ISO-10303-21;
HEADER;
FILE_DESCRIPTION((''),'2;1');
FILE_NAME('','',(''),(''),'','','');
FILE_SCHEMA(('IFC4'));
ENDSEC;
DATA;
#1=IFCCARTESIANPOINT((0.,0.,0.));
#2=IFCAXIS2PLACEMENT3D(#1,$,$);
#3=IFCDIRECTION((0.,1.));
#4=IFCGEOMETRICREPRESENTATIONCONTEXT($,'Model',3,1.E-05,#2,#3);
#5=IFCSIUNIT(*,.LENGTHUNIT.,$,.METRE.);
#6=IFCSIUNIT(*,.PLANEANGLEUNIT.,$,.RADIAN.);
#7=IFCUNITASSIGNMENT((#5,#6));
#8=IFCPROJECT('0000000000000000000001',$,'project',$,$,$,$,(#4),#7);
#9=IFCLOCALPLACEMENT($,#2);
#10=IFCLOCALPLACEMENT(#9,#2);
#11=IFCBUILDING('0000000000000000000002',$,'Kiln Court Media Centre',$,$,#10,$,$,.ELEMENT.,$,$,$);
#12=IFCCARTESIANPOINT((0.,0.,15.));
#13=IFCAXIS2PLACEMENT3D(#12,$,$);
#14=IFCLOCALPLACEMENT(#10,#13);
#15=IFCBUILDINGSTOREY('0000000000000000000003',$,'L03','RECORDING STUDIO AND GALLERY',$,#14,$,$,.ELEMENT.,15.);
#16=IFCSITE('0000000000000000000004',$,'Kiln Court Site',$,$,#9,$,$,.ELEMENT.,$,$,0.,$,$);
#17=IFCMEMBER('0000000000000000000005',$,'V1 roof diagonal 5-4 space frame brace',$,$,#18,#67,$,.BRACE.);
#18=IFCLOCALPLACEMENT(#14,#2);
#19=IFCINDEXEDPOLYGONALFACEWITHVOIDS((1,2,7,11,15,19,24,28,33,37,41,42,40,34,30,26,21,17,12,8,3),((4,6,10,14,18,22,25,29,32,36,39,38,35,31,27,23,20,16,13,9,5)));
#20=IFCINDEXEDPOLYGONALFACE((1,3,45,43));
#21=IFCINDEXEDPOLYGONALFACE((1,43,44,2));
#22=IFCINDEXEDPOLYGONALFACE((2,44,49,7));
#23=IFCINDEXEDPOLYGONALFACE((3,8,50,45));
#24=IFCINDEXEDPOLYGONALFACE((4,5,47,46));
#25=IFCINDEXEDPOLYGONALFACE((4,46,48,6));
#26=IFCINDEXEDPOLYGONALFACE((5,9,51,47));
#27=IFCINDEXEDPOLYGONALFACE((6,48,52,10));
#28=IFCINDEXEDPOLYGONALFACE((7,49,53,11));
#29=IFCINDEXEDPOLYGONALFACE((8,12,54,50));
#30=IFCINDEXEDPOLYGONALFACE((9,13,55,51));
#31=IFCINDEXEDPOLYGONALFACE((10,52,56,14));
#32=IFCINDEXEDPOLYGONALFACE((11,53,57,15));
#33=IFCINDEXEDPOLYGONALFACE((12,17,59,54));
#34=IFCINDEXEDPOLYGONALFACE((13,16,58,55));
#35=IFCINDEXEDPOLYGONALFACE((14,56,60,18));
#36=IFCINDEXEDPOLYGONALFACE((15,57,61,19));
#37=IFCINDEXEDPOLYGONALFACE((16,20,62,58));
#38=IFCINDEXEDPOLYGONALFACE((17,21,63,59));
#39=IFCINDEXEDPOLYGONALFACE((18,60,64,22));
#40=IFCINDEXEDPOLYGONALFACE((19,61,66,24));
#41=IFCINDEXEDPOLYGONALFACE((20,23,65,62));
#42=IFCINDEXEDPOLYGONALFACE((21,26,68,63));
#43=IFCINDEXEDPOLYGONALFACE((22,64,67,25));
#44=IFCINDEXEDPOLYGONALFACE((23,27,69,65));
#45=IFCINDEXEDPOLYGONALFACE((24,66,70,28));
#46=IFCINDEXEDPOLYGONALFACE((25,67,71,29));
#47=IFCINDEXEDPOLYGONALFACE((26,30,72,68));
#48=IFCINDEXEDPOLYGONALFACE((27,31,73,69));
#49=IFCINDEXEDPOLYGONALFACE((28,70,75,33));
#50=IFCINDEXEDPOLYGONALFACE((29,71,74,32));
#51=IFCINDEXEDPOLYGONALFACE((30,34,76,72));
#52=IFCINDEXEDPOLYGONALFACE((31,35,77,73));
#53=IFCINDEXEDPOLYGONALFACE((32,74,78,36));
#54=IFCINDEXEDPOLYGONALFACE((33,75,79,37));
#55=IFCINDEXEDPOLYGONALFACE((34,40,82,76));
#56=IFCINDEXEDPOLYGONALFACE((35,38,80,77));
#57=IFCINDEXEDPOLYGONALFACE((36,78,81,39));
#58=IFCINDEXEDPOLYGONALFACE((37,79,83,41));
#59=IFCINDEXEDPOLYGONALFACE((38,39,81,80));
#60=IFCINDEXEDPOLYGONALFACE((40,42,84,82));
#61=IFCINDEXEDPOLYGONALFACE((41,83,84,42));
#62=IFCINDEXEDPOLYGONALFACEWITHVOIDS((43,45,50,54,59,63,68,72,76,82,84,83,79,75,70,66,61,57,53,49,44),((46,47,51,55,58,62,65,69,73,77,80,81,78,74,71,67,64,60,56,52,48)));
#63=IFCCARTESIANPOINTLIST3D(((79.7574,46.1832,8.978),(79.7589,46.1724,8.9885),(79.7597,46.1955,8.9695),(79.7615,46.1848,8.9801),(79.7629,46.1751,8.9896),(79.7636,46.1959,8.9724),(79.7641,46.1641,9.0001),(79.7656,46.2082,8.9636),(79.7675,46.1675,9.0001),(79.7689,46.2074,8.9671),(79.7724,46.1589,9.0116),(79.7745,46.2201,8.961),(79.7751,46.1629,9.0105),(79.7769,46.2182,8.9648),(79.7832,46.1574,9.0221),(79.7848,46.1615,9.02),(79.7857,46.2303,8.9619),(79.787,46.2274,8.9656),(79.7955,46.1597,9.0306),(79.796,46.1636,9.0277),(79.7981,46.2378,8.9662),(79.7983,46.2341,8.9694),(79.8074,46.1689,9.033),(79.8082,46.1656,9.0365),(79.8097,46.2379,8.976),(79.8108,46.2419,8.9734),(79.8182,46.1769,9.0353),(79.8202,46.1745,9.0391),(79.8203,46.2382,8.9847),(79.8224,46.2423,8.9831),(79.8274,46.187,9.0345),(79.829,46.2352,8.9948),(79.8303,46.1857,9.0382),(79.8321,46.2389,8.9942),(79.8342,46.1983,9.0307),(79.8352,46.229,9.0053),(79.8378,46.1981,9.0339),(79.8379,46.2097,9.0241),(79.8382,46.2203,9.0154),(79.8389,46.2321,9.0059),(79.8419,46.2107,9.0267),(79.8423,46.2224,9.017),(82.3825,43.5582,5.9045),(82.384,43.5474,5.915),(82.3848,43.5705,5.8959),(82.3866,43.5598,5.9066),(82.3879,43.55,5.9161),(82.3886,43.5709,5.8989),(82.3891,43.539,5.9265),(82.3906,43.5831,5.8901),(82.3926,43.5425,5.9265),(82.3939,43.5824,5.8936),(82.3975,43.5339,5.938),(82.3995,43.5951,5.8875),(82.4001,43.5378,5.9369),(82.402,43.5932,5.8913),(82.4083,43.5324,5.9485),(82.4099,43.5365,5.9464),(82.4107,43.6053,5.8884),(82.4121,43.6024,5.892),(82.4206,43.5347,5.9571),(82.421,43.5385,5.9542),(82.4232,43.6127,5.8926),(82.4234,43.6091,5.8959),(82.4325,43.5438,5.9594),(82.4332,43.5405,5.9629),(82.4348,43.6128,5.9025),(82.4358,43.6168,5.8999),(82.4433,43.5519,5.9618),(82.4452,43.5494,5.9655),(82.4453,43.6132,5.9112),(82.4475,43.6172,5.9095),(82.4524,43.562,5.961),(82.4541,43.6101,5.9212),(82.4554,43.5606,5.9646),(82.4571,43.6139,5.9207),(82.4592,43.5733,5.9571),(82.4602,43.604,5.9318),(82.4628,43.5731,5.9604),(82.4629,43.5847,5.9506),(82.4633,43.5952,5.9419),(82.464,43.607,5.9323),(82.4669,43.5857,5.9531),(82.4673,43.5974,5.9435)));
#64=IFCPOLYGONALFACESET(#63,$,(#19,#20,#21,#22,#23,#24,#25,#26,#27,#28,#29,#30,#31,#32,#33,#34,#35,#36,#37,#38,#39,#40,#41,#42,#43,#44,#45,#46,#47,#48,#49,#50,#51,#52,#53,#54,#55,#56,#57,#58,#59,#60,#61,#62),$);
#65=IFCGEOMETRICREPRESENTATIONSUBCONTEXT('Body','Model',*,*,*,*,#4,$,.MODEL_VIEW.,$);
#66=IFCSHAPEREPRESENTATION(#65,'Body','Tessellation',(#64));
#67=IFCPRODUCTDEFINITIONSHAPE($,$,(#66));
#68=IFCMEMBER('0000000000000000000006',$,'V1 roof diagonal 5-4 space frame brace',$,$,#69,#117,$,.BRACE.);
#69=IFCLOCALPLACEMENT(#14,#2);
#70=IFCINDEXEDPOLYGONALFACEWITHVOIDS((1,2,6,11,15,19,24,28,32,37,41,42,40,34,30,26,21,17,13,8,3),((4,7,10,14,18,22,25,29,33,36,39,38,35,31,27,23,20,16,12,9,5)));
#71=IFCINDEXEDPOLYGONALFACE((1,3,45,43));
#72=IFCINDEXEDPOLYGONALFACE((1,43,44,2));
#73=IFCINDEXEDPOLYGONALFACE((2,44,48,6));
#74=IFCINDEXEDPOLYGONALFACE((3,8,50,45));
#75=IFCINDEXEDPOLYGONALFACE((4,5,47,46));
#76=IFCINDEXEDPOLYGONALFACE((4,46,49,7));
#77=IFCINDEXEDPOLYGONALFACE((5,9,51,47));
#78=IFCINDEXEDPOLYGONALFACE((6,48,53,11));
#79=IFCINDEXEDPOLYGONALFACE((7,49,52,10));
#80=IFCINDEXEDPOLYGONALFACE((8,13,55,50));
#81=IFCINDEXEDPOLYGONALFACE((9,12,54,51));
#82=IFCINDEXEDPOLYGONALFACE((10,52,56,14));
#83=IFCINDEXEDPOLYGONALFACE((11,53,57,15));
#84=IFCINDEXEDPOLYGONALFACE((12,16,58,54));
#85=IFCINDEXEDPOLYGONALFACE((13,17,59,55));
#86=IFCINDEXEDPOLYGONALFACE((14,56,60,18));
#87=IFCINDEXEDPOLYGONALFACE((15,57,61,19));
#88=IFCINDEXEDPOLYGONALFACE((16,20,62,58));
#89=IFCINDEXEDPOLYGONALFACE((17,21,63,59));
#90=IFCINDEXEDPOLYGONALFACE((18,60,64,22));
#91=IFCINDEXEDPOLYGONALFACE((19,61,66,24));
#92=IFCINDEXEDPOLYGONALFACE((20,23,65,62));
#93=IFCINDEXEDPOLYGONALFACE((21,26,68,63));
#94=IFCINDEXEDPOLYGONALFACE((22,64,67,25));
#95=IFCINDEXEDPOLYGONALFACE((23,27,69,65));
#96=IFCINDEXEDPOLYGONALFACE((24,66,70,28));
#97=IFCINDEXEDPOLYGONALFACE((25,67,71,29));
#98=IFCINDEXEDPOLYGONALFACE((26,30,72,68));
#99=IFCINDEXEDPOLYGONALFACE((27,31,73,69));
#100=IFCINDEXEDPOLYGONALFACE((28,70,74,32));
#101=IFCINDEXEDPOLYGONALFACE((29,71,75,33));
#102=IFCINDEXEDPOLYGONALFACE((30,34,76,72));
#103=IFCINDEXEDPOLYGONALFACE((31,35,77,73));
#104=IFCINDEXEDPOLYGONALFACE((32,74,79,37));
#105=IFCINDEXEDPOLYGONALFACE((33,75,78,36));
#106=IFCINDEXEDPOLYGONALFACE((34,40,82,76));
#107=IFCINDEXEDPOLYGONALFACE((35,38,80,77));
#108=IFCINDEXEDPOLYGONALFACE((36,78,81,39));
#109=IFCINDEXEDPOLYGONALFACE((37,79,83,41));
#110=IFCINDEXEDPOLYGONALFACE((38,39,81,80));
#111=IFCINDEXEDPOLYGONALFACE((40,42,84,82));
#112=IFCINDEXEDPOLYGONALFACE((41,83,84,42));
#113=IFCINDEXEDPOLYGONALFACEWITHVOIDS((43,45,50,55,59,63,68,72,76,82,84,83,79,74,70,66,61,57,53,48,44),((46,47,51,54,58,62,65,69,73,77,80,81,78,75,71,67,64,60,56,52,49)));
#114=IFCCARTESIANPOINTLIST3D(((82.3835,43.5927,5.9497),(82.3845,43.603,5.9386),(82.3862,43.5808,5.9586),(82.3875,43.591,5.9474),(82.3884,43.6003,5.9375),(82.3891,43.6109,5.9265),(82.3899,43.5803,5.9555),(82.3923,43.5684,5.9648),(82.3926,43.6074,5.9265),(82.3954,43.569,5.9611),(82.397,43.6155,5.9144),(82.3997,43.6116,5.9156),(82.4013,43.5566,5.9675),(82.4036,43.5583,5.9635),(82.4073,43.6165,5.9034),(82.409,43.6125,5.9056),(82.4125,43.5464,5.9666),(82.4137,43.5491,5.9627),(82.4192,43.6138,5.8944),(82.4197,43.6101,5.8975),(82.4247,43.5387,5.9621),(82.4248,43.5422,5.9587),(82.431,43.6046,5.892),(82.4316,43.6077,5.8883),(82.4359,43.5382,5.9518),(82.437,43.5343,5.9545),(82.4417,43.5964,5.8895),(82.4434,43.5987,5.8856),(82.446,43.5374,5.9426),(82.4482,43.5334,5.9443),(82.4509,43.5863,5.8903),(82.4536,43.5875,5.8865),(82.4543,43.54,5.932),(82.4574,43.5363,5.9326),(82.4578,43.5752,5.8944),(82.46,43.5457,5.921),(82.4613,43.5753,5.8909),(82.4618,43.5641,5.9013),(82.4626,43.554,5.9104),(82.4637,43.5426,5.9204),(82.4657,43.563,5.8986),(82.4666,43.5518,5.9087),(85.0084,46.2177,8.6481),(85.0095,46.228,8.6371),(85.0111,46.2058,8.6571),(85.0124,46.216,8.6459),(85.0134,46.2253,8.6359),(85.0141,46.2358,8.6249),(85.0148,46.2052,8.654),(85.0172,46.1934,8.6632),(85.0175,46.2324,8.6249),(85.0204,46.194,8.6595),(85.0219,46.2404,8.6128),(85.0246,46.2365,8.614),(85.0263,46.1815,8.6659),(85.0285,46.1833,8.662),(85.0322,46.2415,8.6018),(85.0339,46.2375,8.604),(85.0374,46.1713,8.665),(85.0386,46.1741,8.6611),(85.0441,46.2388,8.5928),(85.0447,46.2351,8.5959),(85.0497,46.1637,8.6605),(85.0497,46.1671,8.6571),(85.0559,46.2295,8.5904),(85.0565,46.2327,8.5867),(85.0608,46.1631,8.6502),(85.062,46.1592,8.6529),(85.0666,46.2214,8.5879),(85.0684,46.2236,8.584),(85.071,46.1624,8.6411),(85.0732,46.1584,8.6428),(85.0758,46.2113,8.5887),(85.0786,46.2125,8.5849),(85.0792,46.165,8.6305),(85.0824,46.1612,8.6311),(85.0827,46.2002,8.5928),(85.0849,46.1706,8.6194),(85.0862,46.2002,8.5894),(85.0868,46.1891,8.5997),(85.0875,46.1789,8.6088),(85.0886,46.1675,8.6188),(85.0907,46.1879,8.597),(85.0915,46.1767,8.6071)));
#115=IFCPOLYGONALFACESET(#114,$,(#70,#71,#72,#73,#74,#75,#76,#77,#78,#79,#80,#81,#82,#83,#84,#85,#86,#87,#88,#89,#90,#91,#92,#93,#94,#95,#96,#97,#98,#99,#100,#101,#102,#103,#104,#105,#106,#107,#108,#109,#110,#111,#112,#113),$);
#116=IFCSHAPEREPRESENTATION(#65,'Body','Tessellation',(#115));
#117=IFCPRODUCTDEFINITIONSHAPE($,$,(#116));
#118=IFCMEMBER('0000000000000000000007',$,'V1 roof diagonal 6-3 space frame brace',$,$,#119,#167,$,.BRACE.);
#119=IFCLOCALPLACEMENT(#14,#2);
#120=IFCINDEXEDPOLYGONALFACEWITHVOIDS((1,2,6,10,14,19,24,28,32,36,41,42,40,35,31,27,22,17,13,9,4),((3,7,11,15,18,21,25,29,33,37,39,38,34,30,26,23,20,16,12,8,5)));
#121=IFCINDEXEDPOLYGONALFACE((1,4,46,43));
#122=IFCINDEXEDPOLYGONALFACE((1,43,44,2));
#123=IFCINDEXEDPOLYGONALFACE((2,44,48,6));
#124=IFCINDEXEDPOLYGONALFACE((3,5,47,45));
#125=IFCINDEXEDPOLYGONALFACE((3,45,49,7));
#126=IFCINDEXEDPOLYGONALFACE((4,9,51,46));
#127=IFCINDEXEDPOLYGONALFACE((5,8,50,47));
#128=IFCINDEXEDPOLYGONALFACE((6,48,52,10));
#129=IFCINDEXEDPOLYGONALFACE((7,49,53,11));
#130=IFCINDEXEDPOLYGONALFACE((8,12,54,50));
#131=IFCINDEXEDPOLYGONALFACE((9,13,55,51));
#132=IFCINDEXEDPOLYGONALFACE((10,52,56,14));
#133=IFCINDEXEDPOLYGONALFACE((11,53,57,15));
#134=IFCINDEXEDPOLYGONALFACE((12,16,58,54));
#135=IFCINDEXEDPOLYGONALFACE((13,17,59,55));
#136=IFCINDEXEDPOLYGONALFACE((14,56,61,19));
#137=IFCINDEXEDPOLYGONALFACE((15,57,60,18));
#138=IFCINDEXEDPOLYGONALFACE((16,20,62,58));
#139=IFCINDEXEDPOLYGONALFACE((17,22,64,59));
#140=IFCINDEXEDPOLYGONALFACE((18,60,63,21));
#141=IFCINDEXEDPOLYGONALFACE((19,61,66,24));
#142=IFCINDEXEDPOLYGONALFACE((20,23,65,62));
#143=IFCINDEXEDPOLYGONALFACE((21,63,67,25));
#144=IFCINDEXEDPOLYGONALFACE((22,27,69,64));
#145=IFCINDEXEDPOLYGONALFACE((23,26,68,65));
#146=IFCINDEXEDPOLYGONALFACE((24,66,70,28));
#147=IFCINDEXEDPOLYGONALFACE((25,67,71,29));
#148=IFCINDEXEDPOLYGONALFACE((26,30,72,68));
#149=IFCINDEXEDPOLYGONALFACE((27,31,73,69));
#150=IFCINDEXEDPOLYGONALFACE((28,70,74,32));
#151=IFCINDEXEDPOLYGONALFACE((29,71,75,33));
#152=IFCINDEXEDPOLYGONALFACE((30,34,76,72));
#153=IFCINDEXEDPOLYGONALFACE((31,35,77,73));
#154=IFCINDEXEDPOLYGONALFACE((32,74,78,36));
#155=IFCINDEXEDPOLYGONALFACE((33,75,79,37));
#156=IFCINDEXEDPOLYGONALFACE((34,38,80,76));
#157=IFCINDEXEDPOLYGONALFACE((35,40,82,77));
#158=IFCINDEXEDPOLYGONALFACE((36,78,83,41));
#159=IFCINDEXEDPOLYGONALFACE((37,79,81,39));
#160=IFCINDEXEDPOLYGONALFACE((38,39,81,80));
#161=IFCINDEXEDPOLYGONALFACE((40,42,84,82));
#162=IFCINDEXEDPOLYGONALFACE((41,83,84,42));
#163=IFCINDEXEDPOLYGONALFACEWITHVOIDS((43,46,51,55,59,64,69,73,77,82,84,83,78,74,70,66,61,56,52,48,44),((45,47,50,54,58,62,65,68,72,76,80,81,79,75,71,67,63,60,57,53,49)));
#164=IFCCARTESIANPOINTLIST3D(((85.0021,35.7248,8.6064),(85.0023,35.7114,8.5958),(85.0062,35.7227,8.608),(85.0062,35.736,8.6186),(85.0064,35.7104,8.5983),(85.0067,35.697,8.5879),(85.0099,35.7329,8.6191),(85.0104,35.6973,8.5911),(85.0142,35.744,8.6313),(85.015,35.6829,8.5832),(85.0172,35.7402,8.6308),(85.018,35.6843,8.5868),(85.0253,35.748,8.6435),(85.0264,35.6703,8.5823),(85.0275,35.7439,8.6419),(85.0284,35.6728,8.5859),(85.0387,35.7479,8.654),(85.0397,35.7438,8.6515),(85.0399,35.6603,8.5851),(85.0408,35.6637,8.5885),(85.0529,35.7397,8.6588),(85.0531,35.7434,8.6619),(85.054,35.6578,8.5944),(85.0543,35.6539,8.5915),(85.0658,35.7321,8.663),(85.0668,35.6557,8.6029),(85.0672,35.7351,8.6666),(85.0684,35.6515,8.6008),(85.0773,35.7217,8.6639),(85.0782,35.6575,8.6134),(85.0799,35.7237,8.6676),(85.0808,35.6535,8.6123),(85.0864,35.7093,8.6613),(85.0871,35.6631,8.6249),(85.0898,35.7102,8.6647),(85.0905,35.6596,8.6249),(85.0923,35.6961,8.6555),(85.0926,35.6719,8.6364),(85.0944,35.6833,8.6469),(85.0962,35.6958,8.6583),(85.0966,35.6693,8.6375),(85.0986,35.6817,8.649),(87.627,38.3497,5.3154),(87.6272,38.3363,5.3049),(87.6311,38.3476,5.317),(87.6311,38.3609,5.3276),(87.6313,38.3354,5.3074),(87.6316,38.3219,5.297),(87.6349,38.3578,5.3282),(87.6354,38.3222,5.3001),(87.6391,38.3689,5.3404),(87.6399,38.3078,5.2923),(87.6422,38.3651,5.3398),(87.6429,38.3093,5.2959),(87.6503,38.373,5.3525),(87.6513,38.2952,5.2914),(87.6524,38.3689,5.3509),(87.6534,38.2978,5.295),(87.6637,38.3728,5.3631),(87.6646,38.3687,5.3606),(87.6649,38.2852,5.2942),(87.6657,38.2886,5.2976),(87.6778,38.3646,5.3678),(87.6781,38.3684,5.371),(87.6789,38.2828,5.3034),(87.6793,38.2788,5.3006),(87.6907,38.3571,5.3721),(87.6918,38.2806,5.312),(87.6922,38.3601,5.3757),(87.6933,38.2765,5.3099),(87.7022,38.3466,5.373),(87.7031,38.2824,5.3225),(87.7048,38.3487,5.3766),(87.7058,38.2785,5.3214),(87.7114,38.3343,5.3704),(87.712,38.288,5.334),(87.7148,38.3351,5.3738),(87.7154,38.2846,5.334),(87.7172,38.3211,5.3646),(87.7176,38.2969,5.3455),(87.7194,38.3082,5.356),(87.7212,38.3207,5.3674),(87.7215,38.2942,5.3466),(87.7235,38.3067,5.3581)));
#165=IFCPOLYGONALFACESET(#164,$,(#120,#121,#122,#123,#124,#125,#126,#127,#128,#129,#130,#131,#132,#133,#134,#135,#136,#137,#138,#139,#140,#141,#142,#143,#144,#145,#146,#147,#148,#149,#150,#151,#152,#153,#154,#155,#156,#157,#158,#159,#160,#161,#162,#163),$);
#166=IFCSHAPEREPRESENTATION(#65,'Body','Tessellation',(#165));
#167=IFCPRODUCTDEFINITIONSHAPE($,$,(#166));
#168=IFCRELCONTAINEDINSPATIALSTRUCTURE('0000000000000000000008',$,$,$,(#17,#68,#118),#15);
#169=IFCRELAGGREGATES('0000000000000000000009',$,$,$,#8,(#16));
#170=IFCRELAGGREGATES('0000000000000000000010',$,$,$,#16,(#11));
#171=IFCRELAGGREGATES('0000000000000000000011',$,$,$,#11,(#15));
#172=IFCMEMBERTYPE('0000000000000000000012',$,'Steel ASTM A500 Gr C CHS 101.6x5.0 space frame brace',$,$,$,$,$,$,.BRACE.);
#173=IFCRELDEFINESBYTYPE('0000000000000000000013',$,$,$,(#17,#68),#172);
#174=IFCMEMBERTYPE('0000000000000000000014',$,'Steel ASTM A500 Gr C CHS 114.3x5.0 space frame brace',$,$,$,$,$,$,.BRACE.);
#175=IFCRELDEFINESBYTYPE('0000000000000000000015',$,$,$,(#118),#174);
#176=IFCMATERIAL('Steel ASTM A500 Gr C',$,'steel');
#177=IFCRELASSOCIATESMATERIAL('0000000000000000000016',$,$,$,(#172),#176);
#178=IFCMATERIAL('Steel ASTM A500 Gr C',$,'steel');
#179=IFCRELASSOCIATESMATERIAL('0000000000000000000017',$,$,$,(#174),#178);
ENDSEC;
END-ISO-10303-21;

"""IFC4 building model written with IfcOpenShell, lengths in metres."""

from ifc_helpers import new_model, si_unit, direction, frame, origin, origin_2d, place, context, subcontext, project, spatial, hollow_circle, extrude, material, material_profile, profile_set, type_object, element, save


model = new_model("IFC4")

# Units and contexts
model_context = context("Model", 3, precision=1e-05, world=origin(), true_north=direction((0.0, 1.0)))
body_context = subcontext(model_context, "Body", "Model", "MODEL_VIEW")
ifc_project = project(units=[si_unit("LENGTHUNIT", "METRE"), si_unit("PLANEANGLEUNIT", "RADIAN")], contexts=[model_context])

# Site, building, storey
site_placement = place(None, origin())
site = spatial("IfcSite", under=ifc_project, at=site_placement, Name="Kiln Court Site", CompositionType="ELEMENT", RefElevation=0.0)
building_placement = place(site_placement, origin())
building = spatial("IfcBuilding", under=site, at=building_placement, Name="Kiln Court Media Centre", CompositionType="ELEMENT")
storey_placement = place(building_placement, frame((0.0, 0.0, 15.0)))
storey = spatial("IfcBuildingStorey", under=building, at=storey_placement, Name="L03", Description="RECORDING STUDIO AND GALLERY", CompositionType="ELEMENT", Elevation=15.0)

# Members
ifc_material_1 = material(Name="Steel ASTM A500 Gr C", Category="steel")
ifc_material_profile_1 = material_profile(ifc_material_1, hollow_circle(Radius=0.0508, WallThickness=0.0049, at=origin_2d()), Name="CHS 101.6x5.0")
ifc_profile_set_1 = profile_set([ifc_material_profile_1], Name="Steel ASTM A500 Gr C")
member_type_1 = type_object("IfcMemberType", Name="Steel ASTM A500 Gr C CHS 101.6x5.0 space frame brace", PredefinedType="BRACE", material=ifc_profile_set_1)
member_1_placement = place(storey_placement, frame((82.425, 43.575, 5.9265), z_axis=(-0.544662, 0.544662, 0.637719), x_axis=(-0.707107, -0.707107, 0.0)))
element("IfcMember", 1, at=member_1_placement, inside=storey, type_object=member_type_1, Name="V1 roof diagonal 5-4 space frame brace", PredefinedType="BRACE", context=body_context, shape_type="SweptSolid", body=[
    extrude(hollow_circle(Radius=0.0508, WallThickness=0.0049, at=origin_2d()), origin(), (0.0, 0.0, 1.0), 4.8196),
])
member_2_placement = place(storey_placement, frame((82.425, 43.575, 5.9265), z_axis=(0.571964, 0.571964, 0.587976), x_axis=(-0.707107, 0.707107, 0.0)))
element("IfcMember", 2, at=member_2_placement, inside=storey, type_object=member_type_1, Name="V1 roof diagonal 5-4 space frame brace", PredefinedType="BRACE", context=body_context, shape_type="SweptSolid", body=[
    extrude(hollow_circle(Radius=0.0508, WallThickness=0.0049, at=origin_2d()), origin(), (0.0, 0.0, 1.0), 4.5894),
])
ifc_material_2 = material(Name="Steel ASTM A500 Gr C", Category="steel")
ifc_material_profile_2 = material_profile(ifc_material_2, hollow_circle(Radius=0.0571, WallThickness=0.0049, at=origin_2d()), Name="CHS 114.3x5.0")
ifc_profile_set_2 = profile_set([ifc_material_profile_2], Name="Steel ASTM A500 Gr C")
member_type_2 = type_object("IfcMemberType", Name="Steel ASTM A500 Gr C CHS 114.3x5.0 space frame brace", PredefinedType="BRACE", material=ifc_profile_set_2)
member_3_placement = place(storey_placement, frame((87.675, 38.325, 5.334), z_axis=(-0.529122, -0.529122, 0.663371), x_axis=(0.707107, -0.707107, 0.0)))
element("IfcMember", 3, at=member_3_placement, inside=storey, type_object=member_type_2, Name="V1 roof diagonal 6-3 space frame brace", PredefinedType="BRACE", context=body_context, shape_type="SweptSolid", body=[
    extrude(hollow_circle(Radius=0.0571, WallThickness=0.0049, at=origin_2d()), origin(), (0.0, 0.0, 1.0), 4.9609),
])

save(model, "model.ifc")
